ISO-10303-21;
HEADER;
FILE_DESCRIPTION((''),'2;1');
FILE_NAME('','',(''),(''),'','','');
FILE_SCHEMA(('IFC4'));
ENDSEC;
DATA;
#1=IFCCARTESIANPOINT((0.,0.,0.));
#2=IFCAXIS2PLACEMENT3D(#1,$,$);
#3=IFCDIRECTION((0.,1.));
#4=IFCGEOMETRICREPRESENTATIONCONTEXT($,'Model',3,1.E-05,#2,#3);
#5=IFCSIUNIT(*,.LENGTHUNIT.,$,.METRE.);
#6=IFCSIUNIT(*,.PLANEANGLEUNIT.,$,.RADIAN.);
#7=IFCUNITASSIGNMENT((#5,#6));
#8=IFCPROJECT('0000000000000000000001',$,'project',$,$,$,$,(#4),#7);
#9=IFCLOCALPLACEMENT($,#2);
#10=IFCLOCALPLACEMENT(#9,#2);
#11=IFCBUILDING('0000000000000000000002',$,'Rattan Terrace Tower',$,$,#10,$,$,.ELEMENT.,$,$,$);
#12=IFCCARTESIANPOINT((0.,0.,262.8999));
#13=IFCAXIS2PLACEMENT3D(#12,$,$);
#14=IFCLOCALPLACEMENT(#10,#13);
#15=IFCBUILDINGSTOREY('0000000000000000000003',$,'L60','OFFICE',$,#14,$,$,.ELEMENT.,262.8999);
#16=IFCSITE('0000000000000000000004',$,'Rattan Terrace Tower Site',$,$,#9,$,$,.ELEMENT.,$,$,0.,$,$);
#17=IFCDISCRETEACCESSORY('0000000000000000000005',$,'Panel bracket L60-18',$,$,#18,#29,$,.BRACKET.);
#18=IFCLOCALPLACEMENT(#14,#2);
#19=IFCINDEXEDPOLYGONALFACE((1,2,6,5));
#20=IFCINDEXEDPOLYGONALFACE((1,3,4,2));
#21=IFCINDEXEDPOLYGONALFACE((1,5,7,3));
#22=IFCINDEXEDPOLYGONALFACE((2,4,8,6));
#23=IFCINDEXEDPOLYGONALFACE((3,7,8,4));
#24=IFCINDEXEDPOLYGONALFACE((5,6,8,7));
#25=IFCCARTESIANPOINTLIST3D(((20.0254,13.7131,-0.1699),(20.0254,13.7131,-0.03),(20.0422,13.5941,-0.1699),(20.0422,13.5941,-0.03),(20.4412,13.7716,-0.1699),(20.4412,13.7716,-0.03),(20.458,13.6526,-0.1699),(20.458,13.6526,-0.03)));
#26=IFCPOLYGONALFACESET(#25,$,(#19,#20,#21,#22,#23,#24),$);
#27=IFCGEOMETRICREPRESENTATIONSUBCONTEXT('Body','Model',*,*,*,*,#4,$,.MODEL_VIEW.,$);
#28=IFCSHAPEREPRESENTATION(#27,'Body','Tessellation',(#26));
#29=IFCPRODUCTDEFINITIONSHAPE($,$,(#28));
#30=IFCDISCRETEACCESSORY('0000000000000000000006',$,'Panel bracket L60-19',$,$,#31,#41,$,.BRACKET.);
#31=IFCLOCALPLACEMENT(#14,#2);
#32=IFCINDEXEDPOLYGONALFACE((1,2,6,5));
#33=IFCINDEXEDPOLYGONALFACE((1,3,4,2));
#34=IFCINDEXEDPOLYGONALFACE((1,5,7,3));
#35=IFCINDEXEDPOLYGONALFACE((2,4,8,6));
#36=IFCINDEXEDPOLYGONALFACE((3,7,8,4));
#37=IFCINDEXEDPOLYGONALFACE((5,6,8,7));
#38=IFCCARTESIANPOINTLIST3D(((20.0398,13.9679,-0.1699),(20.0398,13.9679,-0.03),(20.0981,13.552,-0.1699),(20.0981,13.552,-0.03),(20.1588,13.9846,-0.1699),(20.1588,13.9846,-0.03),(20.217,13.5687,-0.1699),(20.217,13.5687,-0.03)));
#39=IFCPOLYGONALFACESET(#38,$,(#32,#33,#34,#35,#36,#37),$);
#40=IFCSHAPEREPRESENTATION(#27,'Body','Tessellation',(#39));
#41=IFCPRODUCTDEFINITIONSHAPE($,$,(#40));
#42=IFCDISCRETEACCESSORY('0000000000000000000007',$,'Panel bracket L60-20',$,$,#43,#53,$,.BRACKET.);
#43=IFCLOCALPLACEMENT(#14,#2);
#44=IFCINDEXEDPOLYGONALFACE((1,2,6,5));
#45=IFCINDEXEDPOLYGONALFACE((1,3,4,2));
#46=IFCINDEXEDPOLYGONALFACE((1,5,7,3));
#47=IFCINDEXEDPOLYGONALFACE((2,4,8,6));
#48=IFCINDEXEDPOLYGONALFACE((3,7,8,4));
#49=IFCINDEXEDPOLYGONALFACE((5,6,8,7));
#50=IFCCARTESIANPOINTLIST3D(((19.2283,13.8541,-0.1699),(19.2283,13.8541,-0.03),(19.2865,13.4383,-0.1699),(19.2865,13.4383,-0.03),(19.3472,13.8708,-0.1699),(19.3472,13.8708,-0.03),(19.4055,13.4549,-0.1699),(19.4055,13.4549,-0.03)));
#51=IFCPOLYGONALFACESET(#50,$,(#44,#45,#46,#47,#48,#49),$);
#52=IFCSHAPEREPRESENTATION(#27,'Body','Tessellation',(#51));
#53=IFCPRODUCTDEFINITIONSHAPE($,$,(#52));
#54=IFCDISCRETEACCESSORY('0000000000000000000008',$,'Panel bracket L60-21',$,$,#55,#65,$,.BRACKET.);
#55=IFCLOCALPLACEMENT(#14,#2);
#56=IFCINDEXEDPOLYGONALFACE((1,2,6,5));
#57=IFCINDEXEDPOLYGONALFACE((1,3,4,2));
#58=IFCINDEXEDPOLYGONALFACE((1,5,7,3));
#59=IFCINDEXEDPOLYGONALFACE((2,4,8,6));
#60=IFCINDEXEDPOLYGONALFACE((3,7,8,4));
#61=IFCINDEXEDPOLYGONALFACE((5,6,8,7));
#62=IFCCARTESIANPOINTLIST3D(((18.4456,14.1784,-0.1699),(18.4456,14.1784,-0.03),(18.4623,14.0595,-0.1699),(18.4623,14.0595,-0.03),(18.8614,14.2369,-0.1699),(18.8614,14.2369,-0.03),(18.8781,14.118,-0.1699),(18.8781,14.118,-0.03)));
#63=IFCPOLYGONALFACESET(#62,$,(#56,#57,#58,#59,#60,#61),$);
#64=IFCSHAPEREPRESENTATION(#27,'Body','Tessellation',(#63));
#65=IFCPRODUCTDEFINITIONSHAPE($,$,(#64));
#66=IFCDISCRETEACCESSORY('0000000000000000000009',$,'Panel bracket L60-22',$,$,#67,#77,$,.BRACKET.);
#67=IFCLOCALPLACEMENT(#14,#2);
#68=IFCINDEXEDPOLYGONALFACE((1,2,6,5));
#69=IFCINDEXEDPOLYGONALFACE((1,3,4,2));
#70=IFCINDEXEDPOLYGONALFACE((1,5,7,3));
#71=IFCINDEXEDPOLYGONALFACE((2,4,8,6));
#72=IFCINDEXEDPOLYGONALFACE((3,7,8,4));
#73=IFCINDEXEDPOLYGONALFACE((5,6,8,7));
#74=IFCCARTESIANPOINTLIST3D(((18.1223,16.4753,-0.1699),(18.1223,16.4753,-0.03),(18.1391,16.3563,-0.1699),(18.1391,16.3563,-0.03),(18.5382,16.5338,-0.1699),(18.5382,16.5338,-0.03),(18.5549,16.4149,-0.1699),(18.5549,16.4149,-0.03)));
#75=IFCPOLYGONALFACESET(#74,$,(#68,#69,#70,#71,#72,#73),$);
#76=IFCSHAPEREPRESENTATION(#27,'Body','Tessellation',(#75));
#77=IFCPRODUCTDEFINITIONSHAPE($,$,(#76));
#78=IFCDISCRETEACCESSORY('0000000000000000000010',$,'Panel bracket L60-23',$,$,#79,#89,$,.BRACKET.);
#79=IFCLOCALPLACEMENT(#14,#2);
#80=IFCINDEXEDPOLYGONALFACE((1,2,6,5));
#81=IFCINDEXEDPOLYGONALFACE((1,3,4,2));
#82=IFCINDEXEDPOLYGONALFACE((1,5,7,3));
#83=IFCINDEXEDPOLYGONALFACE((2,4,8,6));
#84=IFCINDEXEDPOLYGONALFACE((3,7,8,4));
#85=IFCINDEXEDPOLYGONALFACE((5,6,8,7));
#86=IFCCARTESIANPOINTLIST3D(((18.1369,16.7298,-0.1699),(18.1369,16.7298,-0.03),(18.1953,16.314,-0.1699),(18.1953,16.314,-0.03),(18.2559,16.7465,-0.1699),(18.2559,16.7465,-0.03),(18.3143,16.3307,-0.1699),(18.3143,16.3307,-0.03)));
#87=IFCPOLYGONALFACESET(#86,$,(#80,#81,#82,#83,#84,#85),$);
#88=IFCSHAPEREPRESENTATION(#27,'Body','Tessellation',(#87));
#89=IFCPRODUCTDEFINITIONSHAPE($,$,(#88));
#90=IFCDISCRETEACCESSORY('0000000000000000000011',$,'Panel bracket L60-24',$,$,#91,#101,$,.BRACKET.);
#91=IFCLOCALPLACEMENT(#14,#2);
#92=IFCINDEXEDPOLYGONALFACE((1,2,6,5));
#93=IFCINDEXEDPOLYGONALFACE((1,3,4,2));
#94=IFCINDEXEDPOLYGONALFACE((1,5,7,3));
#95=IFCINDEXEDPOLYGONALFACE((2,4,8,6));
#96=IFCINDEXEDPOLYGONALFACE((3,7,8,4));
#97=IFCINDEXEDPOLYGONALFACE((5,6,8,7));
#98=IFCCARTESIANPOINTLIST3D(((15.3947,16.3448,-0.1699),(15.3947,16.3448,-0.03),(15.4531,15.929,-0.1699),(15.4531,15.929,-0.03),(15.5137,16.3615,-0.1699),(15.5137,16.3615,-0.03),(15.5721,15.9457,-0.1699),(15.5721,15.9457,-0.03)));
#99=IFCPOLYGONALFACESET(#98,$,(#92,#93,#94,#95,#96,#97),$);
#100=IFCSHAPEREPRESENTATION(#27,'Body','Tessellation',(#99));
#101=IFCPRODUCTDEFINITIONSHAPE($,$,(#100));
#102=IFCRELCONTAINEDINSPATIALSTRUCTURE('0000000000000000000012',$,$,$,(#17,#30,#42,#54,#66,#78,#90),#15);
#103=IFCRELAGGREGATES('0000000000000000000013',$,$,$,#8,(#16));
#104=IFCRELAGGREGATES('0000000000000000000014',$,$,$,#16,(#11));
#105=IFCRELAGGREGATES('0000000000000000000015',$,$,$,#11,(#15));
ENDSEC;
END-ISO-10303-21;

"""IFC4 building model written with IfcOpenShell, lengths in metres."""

from ifc_helpers import new_model, si_unit, direction, frame, origin, origin_2d, place, context, subcontext, project, spatial, rectangle, extrude, element, save


model = new_model("IFC4")

# Units and contexts
model_context = context("Model", 3, precision=1e-05, world=origin(), true_north=direction((0.0, 1.0)))
body_context = subcontext(model_context, "Body", "Model", "MODEL_VIEW")
ifc_project = project(units=[si_unit("LENGTHUNIT", "METRE"), si_unit("PLANEANGLEUNIT", "RADIAN")], contexts=[model_context])

# Site, building, storey
site_placement = place(None, origin())
site = spatial("IfcSite", under=ifc_project, at=site_placement, Name="Rattan Terrace Tower Site", CompositionType="ELEMENT", RefElevation=0.0)
building_placement = place(site_placement, origin())
building = spatial("IfcBuilding", under=site, at=building_placement, Name="Rattan Terrace Tower", CompositionType="ELEMENT")
storey_placement = place(building_placement, frame((0.0, 0.0, 262.8999)))
storey = spatial("IfcBuildingStorey", under=building, at=storey_placement, Name="L60", Description="OFFICE", CompositionType="ELEMENT", Elevation=262.8999)

# Discrete accessories
for number, where, z_axis, x_axis, name in (
    (1, (20.2417, 13.6829, -0.1699), (0.0, 0.0, 1.0), (-0.139321, 0.990247, 0.0), "Panel bracket L60-18"),
    (2, (20.1284, 13.7683, -0.1699), (0.0, 0.0, 1.0), (-0.990333, -0.138713, 0.0), "Panel bracket L60-19"),
    (3, (19.3169, 13.6545, -0.1699), (0.0, 0.0, 1.0), (-0.990333, -0.138713, 0.0), "Panel bracket L60-20"),
    (4, (18.6619, 14.1482, -0.1699), (0.0, 0.0, 1.0), (-0.139367, 0.990241, 0.0), "Panel bracket L60-21"),
    (5, (18.3386, 16.4451, -0.1699), (0.0, 0.0, 1.0), (-0.139367, 0.990241, 0.0), "Panel bracket L60-22"),
    (6, (18.2256, 16.5303, -0.1699), (0.0, 0.0, 1.0), (-0.990287, -0.13904, 0.0), "Panel bracket L60-23"),
    (7, (15.4834, 16.1453, -0.1699), (0.0, 0.0, 1.0), (-0.990287, -0.13904, 0.0), "Panel bracket L60-24"),
):
    element("IfcDiscreteAccessory", number, at=place(storey_placement, frame(where, z_axis=z_axis, x_axis=x_axis)), inside=storey, Name=name, PredefinedType="BRACKET", context=body_context, shape_type="SweptSolid", body=[
        extrude(rectangle(XDim=0.1201, YDim=0.4199, at=origin_2d()), origin(), (0.0, 0.0, 1.0), 0.1399),
    ])

save(model, "model.ifc")
